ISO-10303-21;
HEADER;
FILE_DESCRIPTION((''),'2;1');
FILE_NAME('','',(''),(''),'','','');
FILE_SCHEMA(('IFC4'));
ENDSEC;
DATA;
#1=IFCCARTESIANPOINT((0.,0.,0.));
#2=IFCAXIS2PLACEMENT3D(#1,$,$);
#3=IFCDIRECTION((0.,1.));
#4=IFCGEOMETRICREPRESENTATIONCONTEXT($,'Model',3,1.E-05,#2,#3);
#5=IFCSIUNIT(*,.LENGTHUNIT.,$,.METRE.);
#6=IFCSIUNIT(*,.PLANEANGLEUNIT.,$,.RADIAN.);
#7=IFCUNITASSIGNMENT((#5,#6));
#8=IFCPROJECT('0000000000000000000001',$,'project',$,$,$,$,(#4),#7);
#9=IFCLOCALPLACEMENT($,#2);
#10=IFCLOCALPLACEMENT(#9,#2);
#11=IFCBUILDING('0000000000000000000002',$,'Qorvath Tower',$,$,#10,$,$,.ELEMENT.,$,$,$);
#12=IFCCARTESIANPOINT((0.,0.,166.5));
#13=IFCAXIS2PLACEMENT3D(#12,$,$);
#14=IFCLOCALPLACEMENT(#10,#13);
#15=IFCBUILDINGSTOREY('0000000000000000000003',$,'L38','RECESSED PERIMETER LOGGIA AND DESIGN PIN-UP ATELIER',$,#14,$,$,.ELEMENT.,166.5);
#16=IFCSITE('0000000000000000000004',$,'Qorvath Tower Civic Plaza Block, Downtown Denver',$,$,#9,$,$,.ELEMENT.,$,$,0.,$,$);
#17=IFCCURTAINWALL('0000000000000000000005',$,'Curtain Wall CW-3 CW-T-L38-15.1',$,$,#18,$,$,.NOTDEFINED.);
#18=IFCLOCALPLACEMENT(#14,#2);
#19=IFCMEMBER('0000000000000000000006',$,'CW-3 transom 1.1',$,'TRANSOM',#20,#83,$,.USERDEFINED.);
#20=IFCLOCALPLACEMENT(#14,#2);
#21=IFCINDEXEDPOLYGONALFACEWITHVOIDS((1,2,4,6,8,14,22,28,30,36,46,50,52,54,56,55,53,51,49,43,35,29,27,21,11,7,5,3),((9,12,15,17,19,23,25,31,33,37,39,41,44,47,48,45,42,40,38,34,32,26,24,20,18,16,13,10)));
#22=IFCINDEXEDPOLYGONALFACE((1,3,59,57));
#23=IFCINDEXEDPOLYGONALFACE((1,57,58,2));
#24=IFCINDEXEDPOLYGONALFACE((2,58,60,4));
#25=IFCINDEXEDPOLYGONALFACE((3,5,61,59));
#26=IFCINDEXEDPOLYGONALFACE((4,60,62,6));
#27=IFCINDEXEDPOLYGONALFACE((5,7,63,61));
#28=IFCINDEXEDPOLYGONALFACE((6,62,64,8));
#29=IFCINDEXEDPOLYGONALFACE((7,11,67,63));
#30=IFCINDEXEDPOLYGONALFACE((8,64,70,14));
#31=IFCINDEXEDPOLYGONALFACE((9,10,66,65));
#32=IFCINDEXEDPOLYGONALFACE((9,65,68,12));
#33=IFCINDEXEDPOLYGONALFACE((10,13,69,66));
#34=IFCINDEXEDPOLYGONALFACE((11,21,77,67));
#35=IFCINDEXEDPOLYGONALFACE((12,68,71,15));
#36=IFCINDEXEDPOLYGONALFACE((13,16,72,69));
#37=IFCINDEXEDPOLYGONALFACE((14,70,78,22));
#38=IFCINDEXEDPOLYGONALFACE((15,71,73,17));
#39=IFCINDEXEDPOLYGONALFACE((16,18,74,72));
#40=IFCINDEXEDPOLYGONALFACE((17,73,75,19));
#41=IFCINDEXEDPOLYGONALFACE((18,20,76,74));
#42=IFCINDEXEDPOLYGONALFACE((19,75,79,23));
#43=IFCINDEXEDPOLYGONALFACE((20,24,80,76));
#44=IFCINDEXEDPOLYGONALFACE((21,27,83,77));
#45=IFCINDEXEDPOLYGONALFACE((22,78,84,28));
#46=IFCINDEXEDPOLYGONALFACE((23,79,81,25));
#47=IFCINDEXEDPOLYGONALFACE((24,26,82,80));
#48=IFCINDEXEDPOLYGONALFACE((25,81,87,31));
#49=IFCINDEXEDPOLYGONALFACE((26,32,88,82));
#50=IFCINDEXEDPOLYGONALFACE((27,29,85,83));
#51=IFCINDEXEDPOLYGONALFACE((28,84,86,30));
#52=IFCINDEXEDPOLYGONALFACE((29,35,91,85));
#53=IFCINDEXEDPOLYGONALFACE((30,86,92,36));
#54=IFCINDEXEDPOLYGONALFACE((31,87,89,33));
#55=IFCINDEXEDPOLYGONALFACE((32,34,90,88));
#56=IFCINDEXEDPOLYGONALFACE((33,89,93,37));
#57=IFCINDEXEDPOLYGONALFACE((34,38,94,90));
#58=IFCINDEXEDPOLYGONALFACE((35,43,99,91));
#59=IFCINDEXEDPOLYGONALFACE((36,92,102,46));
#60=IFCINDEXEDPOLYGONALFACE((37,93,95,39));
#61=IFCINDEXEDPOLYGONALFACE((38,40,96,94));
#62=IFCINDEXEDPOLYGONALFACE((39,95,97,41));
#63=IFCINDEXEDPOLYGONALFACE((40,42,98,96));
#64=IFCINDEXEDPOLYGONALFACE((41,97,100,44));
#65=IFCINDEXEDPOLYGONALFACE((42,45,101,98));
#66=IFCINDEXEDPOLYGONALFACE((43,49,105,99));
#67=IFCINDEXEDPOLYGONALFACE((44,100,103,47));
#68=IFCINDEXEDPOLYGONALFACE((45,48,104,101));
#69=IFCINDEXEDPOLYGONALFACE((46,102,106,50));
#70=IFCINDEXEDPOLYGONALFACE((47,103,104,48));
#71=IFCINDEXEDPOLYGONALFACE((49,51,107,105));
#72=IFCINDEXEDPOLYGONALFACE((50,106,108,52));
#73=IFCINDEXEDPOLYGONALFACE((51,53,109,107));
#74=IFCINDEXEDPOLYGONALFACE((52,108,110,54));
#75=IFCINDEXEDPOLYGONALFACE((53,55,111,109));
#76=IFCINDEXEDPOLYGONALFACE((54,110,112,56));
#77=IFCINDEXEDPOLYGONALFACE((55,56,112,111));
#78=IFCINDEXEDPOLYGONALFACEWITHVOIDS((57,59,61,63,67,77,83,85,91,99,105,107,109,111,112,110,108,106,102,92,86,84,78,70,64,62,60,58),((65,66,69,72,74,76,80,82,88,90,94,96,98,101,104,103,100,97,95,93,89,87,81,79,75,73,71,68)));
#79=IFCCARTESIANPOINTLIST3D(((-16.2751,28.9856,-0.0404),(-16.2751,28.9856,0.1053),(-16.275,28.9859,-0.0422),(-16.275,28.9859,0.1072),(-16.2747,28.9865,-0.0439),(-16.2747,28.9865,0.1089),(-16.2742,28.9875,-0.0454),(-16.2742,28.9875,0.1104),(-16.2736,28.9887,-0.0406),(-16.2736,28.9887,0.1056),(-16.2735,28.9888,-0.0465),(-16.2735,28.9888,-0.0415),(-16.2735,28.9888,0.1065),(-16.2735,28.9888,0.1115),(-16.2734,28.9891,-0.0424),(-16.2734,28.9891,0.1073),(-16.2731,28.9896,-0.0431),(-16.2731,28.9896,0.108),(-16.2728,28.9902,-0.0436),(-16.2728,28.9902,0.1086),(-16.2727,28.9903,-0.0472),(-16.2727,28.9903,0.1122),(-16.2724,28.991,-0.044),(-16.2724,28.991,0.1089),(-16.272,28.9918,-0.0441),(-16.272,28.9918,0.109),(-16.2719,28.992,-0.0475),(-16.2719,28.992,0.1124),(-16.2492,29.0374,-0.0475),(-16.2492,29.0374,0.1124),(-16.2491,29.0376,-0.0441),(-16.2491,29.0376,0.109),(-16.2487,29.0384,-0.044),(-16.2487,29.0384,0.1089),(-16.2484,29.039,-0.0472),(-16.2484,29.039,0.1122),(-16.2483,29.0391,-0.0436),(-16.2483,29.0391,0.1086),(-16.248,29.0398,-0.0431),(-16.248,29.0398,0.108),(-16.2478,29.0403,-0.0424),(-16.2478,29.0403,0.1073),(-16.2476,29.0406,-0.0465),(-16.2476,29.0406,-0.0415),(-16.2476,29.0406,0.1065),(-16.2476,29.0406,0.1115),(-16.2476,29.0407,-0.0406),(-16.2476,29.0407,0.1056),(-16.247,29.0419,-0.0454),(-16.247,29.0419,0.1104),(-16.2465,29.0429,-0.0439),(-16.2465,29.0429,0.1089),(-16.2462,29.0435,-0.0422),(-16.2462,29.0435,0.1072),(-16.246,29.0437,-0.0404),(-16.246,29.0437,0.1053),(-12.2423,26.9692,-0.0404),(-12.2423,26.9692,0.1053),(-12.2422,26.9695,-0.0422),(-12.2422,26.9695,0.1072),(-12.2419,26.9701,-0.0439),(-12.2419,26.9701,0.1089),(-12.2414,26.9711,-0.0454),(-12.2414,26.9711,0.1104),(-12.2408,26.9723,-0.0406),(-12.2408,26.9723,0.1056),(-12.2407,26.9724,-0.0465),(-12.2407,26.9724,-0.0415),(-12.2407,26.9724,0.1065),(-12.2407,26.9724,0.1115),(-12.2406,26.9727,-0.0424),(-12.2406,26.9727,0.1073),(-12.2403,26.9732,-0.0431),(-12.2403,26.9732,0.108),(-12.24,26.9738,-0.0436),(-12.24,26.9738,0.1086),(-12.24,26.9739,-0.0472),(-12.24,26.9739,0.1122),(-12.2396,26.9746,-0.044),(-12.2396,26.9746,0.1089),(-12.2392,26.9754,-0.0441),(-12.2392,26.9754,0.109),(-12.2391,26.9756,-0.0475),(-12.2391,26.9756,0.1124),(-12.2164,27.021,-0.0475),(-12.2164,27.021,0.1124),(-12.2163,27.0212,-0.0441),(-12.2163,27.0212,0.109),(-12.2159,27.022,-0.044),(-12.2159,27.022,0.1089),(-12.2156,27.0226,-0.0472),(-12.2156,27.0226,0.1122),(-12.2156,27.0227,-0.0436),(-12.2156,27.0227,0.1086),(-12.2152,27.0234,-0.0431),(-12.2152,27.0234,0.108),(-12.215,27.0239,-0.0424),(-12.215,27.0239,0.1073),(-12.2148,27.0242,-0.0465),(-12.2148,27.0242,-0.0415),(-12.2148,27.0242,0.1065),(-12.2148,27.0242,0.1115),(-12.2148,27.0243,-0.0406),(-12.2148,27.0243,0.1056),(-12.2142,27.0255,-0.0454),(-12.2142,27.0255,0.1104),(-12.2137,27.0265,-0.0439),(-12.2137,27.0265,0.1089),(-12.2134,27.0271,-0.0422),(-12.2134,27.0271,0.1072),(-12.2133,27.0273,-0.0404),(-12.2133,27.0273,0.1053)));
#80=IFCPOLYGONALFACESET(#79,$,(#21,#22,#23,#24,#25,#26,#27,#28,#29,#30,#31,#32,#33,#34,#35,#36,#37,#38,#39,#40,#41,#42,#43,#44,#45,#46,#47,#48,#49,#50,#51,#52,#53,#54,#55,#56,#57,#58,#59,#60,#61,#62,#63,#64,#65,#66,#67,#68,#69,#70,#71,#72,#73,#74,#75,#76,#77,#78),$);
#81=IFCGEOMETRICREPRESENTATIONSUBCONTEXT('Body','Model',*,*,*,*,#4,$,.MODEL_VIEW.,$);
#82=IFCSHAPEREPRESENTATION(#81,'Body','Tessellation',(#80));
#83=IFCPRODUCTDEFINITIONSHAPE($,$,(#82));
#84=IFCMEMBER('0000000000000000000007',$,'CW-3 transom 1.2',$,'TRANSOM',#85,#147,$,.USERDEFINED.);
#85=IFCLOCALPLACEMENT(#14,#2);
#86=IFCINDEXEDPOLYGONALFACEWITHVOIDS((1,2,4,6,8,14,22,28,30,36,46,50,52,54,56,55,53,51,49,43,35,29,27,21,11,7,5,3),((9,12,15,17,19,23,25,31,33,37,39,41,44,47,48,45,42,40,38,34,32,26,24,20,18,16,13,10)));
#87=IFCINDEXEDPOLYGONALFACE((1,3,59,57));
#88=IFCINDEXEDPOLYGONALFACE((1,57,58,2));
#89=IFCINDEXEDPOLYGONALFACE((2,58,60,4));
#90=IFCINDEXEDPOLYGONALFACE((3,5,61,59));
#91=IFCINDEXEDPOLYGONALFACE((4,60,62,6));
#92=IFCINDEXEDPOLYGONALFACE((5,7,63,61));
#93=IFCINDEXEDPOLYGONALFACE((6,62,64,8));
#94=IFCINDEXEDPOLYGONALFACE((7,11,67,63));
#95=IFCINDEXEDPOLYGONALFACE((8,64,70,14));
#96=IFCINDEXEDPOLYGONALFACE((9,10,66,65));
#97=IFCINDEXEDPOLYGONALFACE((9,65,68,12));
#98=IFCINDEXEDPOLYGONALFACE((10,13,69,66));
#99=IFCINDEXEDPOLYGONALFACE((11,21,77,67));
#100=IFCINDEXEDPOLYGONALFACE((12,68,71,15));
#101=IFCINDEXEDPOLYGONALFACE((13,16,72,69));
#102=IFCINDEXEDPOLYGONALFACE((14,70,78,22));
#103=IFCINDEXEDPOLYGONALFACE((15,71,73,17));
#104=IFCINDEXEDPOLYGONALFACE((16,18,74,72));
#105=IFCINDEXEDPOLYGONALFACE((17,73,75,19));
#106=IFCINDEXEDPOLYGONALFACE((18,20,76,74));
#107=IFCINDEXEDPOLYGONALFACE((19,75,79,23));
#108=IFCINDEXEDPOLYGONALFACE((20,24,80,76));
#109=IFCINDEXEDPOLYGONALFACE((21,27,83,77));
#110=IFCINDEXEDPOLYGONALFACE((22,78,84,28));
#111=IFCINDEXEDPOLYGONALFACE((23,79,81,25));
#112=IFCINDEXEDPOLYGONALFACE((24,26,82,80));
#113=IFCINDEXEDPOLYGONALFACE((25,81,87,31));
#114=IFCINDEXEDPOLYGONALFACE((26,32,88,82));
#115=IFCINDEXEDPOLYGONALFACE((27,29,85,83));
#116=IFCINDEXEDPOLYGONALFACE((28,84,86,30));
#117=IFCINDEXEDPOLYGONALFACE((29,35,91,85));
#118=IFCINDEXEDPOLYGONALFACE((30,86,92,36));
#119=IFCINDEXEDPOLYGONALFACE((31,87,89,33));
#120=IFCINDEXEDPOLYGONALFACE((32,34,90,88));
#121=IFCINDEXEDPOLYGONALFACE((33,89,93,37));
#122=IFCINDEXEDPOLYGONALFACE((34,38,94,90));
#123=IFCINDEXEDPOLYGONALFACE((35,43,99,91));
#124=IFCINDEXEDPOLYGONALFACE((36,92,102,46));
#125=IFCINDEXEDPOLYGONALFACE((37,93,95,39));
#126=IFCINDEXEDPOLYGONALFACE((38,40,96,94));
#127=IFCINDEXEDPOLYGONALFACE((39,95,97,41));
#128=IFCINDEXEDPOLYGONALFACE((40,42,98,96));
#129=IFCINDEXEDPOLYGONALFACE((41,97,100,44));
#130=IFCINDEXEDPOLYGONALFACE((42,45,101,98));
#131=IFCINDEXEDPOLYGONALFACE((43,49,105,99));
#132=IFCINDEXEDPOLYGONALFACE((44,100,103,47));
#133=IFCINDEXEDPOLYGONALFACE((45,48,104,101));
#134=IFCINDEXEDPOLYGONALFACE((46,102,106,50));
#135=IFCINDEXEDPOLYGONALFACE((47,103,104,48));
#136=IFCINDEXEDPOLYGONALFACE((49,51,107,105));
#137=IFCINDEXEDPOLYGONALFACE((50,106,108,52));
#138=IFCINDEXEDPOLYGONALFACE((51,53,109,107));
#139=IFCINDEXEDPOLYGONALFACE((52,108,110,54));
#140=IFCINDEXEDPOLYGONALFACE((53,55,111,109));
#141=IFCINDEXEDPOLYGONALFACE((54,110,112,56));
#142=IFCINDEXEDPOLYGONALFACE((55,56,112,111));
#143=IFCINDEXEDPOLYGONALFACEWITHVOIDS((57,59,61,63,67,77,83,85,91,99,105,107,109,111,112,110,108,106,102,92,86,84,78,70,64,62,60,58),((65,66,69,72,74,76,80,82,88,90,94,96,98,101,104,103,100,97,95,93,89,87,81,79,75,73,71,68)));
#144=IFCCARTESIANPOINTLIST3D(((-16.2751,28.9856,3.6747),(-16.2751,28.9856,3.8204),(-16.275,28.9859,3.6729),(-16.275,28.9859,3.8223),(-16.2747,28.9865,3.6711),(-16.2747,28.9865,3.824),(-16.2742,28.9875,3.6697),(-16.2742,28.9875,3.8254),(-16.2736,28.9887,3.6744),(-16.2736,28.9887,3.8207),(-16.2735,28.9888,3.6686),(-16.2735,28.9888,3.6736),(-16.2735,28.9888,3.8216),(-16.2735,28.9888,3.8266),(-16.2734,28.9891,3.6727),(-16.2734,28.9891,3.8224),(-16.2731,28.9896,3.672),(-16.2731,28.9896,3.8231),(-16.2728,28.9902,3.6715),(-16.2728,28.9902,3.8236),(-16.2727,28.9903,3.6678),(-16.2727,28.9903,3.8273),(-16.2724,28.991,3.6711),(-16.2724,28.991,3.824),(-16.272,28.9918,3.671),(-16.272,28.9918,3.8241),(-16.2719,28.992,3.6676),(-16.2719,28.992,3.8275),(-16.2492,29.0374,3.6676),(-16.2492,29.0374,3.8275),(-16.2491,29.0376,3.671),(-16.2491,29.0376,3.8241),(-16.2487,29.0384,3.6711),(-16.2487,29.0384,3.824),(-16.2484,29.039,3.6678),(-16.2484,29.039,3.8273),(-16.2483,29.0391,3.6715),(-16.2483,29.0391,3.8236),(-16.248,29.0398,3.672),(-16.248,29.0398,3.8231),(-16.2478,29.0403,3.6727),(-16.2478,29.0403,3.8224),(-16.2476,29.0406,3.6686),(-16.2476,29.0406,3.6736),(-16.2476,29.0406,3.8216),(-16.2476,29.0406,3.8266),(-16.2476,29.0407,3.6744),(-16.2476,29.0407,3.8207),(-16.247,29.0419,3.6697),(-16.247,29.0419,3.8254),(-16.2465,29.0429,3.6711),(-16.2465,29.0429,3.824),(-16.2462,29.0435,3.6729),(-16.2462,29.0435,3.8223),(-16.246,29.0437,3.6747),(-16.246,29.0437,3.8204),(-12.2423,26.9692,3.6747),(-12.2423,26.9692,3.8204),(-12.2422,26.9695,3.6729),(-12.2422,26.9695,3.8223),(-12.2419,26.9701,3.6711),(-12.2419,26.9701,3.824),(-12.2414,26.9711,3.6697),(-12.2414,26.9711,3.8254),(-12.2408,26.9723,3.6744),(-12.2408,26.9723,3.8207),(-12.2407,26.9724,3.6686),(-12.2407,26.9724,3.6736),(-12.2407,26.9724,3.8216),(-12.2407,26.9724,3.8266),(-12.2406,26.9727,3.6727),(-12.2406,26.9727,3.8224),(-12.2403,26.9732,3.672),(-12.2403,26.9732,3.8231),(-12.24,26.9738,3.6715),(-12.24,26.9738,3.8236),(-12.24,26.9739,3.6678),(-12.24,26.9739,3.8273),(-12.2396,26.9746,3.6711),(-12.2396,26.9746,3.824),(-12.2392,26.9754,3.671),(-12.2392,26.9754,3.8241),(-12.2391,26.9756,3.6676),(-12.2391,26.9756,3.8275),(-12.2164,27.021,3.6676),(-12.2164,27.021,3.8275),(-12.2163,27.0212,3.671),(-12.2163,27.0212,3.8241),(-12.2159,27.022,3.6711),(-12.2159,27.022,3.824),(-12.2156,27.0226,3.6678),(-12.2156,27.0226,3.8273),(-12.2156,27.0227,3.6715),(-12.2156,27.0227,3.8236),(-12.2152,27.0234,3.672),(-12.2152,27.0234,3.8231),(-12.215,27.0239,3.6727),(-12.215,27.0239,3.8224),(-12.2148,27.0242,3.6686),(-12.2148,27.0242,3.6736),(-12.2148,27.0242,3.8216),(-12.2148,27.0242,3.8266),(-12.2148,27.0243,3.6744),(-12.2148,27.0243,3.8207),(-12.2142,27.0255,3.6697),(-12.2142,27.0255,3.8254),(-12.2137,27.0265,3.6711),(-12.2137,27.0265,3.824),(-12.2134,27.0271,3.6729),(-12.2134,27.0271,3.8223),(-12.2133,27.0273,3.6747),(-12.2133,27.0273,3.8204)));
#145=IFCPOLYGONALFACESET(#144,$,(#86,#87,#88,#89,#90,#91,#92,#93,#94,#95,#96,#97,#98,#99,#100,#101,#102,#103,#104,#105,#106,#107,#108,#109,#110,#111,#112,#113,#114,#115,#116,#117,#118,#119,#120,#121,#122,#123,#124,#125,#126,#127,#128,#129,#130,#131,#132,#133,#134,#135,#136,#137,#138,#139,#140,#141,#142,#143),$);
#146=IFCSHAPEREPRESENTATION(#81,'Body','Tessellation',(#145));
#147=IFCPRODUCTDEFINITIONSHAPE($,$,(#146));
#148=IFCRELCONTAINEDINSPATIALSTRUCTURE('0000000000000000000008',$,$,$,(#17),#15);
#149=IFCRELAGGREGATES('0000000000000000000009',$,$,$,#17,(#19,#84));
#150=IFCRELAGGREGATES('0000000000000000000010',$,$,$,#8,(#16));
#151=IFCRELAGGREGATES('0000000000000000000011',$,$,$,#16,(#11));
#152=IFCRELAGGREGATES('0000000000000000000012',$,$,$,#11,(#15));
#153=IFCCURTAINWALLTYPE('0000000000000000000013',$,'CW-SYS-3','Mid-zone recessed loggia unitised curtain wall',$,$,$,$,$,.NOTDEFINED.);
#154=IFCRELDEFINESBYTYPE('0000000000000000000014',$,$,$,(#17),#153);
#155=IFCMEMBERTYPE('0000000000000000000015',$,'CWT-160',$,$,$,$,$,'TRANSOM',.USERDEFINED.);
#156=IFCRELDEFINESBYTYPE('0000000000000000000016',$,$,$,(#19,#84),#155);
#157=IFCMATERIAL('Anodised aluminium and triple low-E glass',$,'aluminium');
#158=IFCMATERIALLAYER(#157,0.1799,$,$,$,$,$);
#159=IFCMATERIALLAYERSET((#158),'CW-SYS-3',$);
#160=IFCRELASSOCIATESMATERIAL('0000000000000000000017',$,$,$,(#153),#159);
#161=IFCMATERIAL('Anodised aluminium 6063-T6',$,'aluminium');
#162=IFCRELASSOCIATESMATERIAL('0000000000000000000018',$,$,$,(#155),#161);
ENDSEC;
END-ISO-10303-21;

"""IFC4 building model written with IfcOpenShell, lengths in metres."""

from ifc_helpers import new_model, si_unit, direction, frame, origin, origin_2d, place, context, subcontext, project, spatial, hollow_rectangle, extrude, material, layer, layer_set, material_profile, profile_set, type_object, element, aggregate, save


model = new_model("IFC4")

# Units and contexts
model_context = context("Model", 3, precision=1e-05, world=origin(), true_north=direction((0.0, 1.0)))
body_context = subcontext(model_context, "Body", "Model", "MODEL_VIEW")
ifc_project = project(units=[si_unit("LENGTHUNIT", "METRE"), si_unit("PLANEANGLEUNIT", "RADIAN")], contexts=[model_context])

# Site, building, storey
site_placement = place(None, origin())
site = spatial("IfcSite", under=ifc_project, at=site_placement, Name="Qorvath Tower Civic Plaza Block, Downtown Denver", CompositionType="ELEMENT", RefElevation=0.0)
building_placement = place(site_placement, origin())
building = spatial("IfcBuilding", under=site, at=building_placement, Name="Qorvath Tower", CompositionType="ELEMENT")
storey_placement = place(building_placement, frame((0.0, 0.0, 166.5)))
storey = spatial("IfcBuildingStorey", under=building, at=storey_placement, Name="L38", Description="RECESSED PERIMETER LOGGIA AND DESIGN PIN-UP ATELIER", CompositionType="ELEMENT", Elevation=166.5)

# Shared definitions
ifc_material_1 = material(Name="Anodised aluminium and triple low-E glass", Category="aluminium")
ifc_layer_1 = layer(ifc_material_1, 0.1799)
ifc_layer_set_1 = layer_set([ifc_layer_1], Name="CW-SYS-3")
curtain_wall_type = type_object("IfcCurtainWallType", Name="CW-SYS-3", Description="Mid-zone recessed loggia unitised curtain wall", PredefinedType="NOTDEFINED", material=ifc_layer_set_1)

# Curtain wall
curtain_wall_1_placement = place(storey_placement, origin())
curtain_wall_1 = element("IfcCurtainWall", 1, at=curtain_wall_1_placement, inside=storey, type_object=curtain_wall_type, Name="Curtain Wall CW-3 CW-T-L38-15.1", PredefinedType="NOTDEFINED")

# Members
ifc_material_2 = material(Name="Anodised aluminium 6063-T6", Category="aluminium")
ifc_material_profile_1 = material_profile(ifc_material_2, hollow_rectangle(XDim=0.0649, YDim=0.1599, WallThickness=0.0034, InnerFilletRadius=0.0034, OuterFilletRadius=0.0071, at=origin_2d()), Name="CWT 160x65")
ifc_profile_set_1 = profile_set([ifc_material_profile_1], Name="Anodised aluminium 6063-T6")
member_type_1 = type_object("IfcMemberType", Name="CWT-160", ElementType="TRANSOM", PredefinedType="USERDEFINED", material=ifc_profile_set_1)
member_1_placement = place(storey_placement, frame((-12.2278, 26.9983, 0.0325), z_axis=(-0.894427, 0.447214, 0.0), x_axis=(-0.447214, -0.894427, 0.0)))
member_1 = element("IfcMember", 2, at=member_1_placement, type_object=member_type_1, Name="CW-3 transom 1.1", ObjectType="TRANSOM", PredefinedType="USERDEFINED", context=body_context, shape_type="SweptSolid", body=[
    extrude(hollow_rectangle(XDim=0.0649, YDim=0.1599, WallThickness=0.0034, InnerFilletRadius=0.0034, OuterFilletRadius=0.0071, at=origin_2d()), origin(), (0.0, 0.0, 1.0), 4.5088),
])
member_2_placement = place(storey_placement, frame((-12.2278, 26.9983, 3.7476), z_axis=(-0.894427, 0.447214, 0.0), x_axis=(-0.447214, -0.894427, 0.0)))
member_2 = element("IfcMember", 3, at=member_2_placement, type_object=member_type_1, Name="CW-3 transom 1.2", ObjectType="TRANSOM", PredefinedType="USERDEFINED", context=body_context, shape_type="SweptSolid", body=[
    extrude(hollow_rectangle(XDim=0.0649, YDim=0.1599, WallThickness=0.0034, InnerFilletRadius=0.0034, OuterFilletRadius=0.0071, at=origin_2d()), origin(), (0.0, 0.0, 1.0), 4.5088),
])

aggregate(curtain_wall_1, [member_1, member_2])

save(model, "model.ifc")
